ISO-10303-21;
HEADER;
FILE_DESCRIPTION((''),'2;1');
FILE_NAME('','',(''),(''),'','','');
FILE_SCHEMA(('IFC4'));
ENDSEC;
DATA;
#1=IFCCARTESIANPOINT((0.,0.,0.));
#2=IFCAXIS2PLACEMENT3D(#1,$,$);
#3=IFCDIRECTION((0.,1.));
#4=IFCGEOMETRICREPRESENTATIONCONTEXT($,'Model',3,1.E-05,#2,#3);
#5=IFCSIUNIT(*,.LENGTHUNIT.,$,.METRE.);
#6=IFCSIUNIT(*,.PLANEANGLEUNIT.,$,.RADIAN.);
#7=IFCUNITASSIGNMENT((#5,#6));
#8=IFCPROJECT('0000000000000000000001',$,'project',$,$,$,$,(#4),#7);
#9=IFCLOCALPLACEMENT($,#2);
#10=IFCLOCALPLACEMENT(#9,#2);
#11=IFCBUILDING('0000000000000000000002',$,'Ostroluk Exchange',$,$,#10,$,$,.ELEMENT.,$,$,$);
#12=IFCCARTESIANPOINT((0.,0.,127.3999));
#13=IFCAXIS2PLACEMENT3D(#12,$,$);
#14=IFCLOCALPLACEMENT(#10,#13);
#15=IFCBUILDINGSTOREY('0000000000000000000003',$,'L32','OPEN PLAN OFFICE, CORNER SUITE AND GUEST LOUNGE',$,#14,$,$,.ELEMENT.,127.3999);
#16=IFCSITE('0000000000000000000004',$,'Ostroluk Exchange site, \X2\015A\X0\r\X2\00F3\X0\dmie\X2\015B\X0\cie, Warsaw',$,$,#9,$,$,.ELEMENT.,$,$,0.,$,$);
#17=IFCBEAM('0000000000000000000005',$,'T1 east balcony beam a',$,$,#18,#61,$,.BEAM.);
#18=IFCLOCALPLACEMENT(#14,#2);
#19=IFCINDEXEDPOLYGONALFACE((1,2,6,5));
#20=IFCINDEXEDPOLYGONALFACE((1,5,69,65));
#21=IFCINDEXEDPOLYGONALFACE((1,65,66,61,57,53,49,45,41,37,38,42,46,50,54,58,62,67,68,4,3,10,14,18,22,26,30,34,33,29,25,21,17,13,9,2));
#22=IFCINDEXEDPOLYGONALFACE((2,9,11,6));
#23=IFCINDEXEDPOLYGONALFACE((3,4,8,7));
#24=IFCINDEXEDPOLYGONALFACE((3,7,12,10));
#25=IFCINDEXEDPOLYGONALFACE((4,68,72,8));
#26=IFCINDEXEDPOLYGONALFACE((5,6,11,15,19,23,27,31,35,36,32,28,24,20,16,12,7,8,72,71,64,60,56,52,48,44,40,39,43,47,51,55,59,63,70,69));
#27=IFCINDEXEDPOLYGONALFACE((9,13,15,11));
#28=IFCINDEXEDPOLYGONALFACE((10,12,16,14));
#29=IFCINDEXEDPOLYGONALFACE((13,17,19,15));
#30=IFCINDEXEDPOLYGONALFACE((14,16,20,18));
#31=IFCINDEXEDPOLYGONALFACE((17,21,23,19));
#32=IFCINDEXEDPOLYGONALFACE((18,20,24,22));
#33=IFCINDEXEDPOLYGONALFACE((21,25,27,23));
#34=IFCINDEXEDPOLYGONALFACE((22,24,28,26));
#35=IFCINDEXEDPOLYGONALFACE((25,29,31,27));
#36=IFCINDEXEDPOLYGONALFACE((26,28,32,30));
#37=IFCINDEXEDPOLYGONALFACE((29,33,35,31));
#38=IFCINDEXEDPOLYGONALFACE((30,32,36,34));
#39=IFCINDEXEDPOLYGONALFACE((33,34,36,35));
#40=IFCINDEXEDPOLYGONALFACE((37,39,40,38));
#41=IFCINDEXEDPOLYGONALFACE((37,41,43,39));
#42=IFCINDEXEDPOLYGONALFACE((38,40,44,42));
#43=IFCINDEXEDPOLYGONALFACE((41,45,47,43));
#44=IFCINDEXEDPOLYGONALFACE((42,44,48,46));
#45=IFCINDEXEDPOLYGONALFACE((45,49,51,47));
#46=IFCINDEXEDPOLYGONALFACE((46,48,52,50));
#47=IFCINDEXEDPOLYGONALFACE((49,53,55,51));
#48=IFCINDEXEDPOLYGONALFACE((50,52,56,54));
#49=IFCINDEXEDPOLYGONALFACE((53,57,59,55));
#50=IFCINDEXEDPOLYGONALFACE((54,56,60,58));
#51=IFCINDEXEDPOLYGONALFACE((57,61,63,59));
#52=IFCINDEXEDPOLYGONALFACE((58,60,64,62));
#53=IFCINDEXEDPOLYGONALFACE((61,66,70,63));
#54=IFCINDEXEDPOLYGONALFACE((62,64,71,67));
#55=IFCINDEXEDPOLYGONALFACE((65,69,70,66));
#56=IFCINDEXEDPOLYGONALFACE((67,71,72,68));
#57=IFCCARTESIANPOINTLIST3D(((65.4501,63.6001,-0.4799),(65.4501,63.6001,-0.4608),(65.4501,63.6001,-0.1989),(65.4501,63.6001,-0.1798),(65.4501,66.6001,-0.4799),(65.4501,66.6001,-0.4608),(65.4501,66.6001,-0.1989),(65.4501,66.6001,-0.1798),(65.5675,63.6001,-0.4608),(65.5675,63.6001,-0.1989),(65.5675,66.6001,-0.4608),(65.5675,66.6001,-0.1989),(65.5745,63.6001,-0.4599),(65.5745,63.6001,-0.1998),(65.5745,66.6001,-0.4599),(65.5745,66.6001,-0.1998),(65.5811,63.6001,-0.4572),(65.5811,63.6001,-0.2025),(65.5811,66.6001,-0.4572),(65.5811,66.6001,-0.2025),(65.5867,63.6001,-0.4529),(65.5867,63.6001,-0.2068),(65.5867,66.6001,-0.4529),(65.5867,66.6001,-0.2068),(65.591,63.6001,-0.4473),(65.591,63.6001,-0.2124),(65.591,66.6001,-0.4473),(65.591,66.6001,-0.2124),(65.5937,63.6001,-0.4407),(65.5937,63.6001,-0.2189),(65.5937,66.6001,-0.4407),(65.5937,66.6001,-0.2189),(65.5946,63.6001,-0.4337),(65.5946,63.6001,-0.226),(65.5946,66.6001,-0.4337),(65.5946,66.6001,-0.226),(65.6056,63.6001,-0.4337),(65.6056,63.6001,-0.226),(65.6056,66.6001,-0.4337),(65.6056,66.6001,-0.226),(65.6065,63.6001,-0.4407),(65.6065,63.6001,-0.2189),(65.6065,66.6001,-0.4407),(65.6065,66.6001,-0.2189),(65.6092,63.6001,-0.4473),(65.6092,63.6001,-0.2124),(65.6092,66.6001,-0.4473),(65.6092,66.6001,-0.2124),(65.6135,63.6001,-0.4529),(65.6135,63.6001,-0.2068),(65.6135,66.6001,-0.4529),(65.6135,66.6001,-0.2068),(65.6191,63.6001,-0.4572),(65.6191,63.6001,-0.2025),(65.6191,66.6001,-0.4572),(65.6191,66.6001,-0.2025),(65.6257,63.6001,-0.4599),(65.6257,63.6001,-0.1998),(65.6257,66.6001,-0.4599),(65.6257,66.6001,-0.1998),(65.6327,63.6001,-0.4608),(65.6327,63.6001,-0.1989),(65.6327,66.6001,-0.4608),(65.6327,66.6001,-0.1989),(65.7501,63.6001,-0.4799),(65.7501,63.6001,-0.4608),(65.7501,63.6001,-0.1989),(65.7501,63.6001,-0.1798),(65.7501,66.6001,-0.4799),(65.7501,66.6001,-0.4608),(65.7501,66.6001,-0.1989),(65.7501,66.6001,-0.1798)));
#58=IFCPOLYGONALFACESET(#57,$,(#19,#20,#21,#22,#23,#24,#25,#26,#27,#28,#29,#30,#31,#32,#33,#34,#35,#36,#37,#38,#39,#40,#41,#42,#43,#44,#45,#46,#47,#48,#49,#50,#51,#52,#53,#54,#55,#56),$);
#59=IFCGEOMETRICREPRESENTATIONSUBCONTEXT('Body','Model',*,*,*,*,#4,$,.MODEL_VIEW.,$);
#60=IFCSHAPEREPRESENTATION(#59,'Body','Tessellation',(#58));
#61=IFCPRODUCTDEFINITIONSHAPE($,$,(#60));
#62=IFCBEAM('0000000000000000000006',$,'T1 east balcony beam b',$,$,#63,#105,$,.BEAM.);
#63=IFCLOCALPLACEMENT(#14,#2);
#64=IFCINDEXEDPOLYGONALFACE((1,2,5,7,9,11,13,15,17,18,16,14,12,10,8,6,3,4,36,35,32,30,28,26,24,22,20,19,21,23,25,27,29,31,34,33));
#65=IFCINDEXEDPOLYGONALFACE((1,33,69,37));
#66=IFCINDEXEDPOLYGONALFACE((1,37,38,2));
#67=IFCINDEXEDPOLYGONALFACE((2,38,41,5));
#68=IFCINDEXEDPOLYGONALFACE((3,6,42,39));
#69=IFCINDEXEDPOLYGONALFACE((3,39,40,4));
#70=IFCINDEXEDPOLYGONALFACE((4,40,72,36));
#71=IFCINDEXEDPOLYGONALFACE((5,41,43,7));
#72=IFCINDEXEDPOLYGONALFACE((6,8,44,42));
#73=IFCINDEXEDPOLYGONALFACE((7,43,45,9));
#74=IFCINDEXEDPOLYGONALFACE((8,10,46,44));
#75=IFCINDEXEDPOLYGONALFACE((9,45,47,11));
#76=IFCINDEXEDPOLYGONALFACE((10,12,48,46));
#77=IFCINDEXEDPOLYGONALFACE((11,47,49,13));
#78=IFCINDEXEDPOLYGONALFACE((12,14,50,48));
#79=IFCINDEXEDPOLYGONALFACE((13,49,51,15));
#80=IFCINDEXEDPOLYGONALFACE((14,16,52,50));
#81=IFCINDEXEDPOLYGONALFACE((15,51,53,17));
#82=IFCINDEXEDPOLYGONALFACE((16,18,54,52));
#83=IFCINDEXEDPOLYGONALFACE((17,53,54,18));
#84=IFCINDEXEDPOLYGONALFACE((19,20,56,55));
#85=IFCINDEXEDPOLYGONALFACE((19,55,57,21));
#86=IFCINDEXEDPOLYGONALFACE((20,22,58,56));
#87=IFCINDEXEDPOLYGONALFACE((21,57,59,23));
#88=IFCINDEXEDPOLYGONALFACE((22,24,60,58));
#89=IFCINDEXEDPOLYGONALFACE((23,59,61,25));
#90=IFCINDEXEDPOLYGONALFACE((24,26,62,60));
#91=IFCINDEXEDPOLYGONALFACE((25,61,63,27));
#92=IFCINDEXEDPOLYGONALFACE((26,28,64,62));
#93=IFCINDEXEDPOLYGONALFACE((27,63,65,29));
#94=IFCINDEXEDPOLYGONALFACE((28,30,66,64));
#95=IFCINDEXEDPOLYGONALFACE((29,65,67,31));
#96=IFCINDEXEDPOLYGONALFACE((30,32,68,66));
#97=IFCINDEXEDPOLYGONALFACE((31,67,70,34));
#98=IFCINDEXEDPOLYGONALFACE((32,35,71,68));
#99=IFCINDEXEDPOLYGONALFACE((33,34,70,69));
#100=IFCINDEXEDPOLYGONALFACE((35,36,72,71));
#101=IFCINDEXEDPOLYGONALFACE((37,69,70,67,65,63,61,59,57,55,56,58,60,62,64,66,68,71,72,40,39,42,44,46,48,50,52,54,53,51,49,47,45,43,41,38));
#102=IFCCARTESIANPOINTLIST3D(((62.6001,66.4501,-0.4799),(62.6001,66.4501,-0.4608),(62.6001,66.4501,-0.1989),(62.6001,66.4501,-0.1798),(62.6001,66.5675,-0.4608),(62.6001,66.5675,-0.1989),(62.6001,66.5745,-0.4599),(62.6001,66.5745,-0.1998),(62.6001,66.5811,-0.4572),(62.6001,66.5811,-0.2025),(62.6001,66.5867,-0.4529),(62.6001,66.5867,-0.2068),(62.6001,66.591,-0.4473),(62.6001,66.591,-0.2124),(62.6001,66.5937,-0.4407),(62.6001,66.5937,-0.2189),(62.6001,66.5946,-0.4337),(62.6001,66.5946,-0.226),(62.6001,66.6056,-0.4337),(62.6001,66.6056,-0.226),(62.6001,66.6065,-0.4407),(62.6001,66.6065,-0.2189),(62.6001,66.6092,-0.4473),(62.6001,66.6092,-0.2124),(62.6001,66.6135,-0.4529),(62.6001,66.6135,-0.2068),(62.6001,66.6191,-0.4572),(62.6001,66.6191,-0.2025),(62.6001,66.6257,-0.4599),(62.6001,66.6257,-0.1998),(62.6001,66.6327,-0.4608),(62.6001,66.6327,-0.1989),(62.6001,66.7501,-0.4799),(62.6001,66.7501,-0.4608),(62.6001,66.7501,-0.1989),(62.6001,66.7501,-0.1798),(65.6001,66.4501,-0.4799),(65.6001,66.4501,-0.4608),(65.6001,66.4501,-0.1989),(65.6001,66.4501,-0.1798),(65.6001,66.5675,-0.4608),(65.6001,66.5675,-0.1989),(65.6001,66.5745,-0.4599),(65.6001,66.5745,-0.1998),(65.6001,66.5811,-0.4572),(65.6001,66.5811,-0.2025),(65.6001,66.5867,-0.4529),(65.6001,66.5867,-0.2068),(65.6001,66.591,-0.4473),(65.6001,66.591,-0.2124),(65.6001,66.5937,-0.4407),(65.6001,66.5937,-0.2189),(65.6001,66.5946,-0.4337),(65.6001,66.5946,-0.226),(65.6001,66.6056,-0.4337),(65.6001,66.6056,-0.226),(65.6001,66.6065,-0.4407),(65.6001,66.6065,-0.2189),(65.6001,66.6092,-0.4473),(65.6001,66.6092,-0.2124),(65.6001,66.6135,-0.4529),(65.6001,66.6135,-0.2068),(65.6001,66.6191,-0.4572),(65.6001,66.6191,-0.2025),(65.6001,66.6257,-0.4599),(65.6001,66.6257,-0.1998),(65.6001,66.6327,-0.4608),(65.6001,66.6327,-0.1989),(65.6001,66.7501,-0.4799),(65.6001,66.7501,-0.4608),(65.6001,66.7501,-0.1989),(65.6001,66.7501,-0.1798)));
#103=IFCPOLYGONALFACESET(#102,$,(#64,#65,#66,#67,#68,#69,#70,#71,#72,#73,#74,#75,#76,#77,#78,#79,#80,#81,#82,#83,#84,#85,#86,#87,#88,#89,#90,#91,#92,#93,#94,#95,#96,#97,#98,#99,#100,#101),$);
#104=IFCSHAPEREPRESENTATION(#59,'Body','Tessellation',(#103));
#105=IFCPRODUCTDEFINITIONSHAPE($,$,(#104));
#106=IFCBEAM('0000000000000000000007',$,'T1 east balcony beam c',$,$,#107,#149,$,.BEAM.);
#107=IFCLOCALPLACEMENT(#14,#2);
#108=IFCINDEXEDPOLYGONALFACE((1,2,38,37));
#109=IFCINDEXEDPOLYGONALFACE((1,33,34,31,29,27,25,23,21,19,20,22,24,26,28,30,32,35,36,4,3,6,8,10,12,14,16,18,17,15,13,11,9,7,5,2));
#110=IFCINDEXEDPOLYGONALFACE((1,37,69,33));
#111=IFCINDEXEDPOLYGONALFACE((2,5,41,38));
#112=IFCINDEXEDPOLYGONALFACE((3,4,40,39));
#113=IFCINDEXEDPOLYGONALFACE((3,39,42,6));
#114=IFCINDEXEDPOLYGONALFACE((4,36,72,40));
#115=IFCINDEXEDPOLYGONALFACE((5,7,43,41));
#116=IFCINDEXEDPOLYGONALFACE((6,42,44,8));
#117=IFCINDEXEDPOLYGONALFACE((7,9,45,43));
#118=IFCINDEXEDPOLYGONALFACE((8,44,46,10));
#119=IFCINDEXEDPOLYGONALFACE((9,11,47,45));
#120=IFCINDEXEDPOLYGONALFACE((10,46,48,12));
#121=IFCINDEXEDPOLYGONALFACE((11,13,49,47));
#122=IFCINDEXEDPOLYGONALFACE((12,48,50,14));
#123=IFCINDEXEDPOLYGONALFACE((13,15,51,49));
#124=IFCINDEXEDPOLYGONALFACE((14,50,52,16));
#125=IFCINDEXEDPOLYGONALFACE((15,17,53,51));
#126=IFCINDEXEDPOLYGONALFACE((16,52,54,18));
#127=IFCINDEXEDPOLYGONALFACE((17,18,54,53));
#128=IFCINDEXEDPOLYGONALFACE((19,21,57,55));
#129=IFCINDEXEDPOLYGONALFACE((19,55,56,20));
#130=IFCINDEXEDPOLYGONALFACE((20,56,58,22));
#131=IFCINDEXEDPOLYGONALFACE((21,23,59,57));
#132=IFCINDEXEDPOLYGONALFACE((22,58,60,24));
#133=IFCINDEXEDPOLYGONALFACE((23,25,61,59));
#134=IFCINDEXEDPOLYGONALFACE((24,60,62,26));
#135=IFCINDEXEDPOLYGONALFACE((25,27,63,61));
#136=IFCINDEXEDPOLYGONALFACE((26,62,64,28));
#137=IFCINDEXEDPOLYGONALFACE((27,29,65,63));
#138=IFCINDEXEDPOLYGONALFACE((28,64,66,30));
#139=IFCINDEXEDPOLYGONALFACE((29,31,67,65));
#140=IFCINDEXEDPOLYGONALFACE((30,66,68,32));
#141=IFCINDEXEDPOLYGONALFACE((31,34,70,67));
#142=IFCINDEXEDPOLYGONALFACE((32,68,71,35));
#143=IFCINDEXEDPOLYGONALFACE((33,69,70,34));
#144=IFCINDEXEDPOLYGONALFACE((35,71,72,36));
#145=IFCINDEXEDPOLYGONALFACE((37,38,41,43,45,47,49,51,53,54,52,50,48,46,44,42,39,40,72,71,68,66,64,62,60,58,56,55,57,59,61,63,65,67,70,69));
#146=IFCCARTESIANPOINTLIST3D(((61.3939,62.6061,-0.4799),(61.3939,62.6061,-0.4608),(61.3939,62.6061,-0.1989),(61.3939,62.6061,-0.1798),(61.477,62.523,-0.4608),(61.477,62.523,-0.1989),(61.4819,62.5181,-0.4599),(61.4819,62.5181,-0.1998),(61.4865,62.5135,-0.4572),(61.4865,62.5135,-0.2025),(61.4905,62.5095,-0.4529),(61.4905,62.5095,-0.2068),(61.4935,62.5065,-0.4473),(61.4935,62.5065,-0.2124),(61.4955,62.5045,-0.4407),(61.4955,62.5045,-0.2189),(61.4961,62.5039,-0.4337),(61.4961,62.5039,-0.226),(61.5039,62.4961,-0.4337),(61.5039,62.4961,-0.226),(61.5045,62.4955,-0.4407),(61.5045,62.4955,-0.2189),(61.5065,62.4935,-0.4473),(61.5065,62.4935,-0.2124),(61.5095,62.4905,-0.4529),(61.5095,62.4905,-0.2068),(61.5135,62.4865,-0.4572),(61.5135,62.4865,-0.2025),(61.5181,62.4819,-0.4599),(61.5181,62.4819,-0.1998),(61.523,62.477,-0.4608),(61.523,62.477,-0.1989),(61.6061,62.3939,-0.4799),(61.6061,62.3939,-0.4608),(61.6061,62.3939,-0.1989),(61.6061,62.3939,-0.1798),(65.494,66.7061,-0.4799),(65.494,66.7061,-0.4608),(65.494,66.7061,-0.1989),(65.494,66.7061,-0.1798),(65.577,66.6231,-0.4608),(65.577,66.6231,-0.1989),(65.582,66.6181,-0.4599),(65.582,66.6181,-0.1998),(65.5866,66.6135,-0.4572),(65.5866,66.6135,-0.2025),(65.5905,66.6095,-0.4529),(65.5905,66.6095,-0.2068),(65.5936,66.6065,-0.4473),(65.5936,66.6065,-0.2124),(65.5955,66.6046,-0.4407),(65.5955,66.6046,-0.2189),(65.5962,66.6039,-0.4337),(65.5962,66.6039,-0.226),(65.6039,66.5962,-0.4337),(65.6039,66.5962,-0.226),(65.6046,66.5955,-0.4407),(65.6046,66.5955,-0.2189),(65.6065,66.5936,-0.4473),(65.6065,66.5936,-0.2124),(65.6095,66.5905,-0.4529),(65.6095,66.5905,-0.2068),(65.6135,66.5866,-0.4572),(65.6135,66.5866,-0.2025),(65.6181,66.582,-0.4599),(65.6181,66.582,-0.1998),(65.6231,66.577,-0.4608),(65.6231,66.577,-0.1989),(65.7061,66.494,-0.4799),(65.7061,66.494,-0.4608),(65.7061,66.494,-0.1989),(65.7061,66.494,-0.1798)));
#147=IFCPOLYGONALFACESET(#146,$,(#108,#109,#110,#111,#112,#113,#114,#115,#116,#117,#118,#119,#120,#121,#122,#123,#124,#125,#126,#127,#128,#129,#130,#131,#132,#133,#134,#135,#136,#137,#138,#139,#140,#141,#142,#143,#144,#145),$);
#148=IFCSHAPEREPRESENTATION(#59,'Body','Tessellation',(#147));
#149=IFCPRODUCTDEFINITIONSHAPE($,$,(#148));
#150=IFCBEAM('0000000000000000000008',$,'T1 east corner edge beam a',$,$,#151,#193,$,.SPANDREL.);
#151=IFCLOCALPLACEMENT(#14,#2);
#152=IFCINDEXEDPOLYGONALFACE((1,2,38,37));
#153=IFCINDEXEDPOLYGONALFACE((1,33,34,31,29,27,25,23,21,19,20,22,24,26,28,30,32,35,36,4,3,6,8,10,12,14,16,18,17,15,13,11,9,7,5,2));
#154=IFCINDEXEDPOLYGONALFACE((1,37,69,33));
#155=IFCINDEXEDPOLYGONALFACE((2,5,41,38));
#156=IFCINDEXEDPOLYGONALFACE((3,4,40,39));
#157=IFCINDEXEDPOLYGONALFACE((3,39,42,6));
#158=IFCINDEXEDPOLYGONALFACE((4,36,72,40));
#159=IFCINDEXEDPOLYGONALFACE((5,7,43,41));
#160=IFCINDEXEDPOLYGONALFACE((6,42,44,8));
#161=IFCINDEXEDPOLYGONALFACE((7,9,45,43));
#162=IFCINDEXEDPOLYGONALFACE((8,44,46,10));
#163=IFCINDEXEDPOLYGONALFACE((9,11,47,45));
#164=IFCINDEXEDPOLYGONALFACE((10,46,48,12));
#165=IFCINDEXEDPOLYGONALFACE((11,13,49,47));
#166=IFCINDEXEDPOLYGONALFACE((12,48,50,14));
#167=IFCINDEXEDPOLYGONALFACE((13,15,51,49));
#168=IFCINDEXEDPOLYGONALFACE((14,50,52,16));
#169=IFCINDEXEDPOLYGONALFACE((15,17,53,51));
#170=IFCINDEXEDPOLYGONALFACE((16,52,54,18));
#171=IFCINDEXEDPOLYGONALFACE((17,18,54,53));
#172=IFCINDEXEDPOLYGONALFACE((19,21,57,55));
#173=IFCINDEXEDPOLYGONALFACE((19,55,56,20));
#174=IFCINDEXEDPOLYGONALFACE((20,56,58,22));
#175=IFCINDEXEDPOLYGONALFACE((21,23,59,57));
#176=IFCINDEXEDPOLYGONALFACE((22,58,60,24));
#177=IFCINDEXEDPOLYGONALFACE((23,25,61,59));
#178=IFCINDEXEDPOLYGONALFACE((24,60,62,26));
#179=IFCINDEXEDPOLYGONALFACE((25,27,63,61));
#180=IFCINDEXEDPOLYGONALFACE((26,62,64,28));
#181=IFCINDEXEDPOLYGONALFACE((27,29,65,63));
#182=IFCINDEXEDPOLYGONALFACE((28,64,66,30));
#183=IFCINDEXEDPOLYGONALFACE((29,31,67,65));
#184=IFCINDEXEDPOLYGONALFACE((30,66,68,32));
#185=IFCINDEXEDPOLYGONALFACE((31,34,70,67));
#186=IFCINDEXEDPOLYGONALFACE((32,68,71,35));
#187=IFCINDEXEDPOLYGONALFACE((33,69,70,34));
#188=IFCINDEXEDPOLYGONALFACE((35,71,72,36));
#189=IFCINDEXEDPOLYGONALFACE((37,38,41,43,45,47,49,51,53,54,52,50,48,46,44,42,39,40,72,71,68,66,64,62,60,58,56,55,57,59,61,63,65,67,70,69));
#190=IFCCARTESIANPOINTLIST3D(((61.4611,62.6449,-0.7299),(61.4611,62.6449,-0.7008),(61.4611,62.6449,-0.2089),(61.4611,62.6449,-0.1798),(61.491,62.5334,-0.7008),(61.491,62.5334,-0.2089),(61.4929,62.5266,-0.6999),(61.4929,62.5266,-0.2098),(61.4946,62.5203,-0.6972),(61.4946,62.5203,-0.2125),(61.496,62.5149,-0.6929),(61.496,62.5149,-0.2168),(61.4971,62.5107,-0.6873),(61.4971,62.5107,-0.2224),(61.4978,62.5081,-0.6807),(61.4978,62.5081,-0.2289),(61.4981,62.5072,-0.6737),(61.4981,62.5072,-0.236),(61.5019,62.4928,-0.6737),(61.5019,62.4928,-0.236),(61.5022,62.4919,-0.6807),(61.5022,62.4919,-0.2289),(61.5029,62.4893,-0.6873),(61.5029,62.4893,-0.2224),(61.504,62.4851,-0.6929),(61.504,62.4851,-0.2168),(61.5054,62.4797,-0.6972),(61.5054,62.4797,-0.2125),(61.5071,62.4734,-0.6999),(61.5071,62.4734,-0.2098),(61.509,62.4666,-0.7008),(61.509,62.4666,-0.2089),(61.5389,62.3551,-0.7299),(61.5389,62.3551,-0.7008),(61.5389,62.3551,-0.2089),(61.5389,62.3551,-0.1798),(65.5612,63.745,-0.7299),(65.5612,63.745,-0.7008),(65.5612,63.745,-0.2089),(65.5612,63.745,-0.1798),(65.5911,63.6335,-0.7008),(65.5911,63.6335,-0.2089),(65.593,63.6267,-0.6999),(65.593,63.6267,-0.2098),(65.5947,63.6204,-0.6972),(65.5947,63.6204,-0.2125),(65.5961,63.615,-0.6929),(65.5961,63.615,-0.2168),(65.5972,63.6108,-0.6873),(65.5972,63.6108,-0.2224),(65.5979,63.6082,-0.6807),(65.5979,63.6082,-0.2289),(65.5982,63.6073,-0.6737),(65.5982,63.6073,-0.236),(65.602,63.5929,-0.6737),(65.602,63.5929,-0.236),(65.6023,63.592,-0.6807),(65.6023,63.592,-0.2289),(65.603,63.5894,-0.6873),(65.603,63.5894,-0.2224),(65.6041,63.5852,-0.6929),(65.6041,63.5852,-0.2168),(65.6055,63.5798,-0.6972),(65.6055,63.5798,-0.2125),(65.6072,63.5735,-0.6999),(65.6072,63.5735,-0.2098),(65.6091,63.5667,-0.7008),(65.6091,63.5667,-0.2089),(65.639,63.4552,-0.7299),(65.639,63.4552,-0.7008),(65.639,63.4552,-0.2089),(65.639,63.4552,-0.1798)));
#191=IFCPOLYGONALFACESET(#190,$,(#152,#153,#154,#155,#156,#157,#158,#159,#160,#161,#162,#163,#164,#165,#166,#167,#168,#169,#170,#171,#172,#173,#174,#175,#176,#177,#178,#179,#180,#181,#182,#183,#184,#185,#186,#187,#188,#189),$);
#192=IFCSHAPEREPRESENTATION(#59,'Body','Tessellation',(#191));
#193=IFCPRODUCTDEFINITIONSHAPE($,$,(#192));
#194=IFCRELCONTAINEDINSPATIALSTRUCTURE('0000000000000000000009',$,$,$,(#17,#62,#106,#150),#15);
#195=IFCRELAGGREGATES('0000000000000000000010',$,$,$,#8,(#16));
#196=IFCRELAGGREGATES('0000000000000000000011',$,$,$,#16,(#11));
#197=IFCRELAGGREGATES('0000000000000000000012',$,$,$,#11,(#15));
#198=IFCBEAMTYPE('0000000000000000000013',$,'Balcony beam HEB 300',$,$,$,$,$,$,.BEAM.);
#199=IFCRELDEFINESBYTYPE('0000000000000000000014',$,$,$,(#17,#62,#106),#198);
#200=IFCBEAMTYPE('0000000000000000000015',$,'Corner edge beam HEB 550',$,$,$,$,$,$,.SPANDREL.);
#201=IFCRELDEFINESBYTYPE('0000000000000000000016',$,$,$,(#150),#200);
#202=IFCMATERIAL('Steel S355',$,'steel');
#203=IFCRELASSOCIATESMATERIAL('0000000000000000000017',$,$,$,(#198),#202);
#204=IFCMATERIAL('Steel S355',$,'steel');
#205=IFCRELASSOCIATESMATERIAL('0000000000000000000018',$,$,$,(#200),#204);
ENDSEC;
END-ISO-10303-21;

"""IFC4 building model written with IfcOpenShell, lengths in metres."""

from ifc_helpers import new_model, si_unit, direction, frame, origin, origin_2d, place, context, subcontext, project, spatial, i_section, extrude, material, material_profile, profile_set, type_object, element, save


model = new_model("IFC4")

# Units and contexts
model_context = context("Model", 3, precision=1e-05, world=origin(), true_north=direction((0.0, 1.0)))
body_context = subcontext(model_context, "Body", "Model", "MODEL_VIEW")
ifc_project = project(units=[si_unit("LENGTHUNIT", "METRE"), si_unit("PLANEANGLEUNIT", "RADIAN")], contexts=[model_context])

# Site, building, storey
site_placement = place(None, origin())
site = spatial("IfcSite", under=ifc_project, at=site_placement, Name="Ostroluk Exchange site, Śródmieście, Warsaw", CompositionType="ELEMENT", RefElevation=0.0)
building_placement = place(site_placement, origin())
building = spatial("IfcBuilding", under=site, at=building_placement, Name="Ostroluk Exchange", CompositionType="ELEMENT")
storey_placement = place(building_placement, frame((0.0, 0.0, 127.3999)))
storey = spatial("IfcBuildingStorey", under=building, at=storey_placement, Name="L32", Description="OPEN PLAN OFFICE, CORNER SUITE AND GUEST LOUNGE", CompositionType="ELEMENT", Elevation=127.3999)

# Beams
ifc_material_1 = material(Name="Steel S355", Category="steel")
ifc_material_profile_1 = material_profile(ifc_material_1, i_section(OverallWidth=0.3, OverallDepth=0.3, WebThickness=0.011, FlangeThickness=0.019, FilletRadius=0.0271, at=origin_2d()), Name="HEB 300")
ifc_profile_set_1 = profile_set([ifc_material_profile_1], Name="Steel S355")
beam_type_1 = type_object("IfcBeamType", Name="Balcony beam HEB 300", PredefinedType="BEAM", material=ifc_profile_set_1)
for number, where, z_axis, x_axis, name in (
    (1, (65.6001, 63.6001, -0.3298), (0.0, 1.0, 0.0), (-1.0, 0.0, 0.0), "T1 east balcony beam a"),
    (2, (62.6001, 66.6001, -0.3298), (1.0, 0.0, 0.0), (0.0, 1.0, 0.0), "T1 east balcony beam b"),
):
    element("IfcBeam", number, at=place(storey_placement, frame(where, z_axis=z_axis, x_axis=x_axis)), inside=storey, type_object=beam_type_1, Name=name, PredefinedType="BEAM", context=body_context, shape_type="SweptSolid", body=[
        extrude(i_section(OverallWidth=0.3, OverallDepth=0.3, WebThickness=0.011, FlangeThickness=0.019, FilletRadius=0.0271, at=origin_2d()), origin(), (0.0, 0.0, 1.0), 3.0),
    ])
beam_1_placement = place(storey_placement, frame((61.5, 62.5, -0.3298), z_axis=(0.707107, 0.707107, 0.0), x_axis=(-0.707107, 0.707107, 0.0)))
element("IfcBeam", 3, at=beam_1_placement, inside=storey, type_object=beam_type_1, Name="T1 east balcony beam c", PredefinedType="BEAM", context=body_context, shape_type="SweptSolid", body=[
    extrude(i_section(OverallWidth=0.3, OverallDepth=0.3, WebThickness=0.011, FlangeThickness=0.019, FilletRadius=0.0271, at=origin_2d()), origin(), (0.0, 0.0, 1.0), 5.7983),
])
ifc_material_2 = material(Name="Steel S355", Category="steel")
ifc_material_profile_2 = material_profile(ifc_material_2, i_section(OverallWidth=0.3, OverallDepth=0.55, WebThickness=0.0149, FlangeThickness=0.0291, FilletRadius=0.0271, at=origin_2d()), Name="HEB 550")
ifc_profile_set_2 = profile_set([ifc_material_profile_2], Name="Steel S355")
beam_type_2 = type_object("IfcBeamType", Name="Corner edge beam HEB 550", PredefinedType="SPANDREL", material=ifc_profile_set_2)
for number, where, z_axis, x_axis, name in (
    (4, (61.5, 62.5, -0.4548), (0.965839, 0.259144, 0.0), (-0.259144, 0.965839, 0.0), "T1 east corner edge beam a"),
):
    element("IfcBeam", number, at=place(storey_placement, frame(where, z_axis=z_axis, x_axis=x_axis)), inside=storey, type_object=beam_type_2, Name=name, PredefinedType="SPANDREL", context=body_context, shape_type="SweptSolid", body=[
        extrude(i_section(OverallWidth=0.3, OverallDepth=0.55, WebThickness=0.0149, FlangeThickness=0.0291, FilletRadius=0.0271, at=origin_2d()), origin(), (0.0, 0.0, 1.0), 4.2451),
    ])

save(model, "model.ifc")
